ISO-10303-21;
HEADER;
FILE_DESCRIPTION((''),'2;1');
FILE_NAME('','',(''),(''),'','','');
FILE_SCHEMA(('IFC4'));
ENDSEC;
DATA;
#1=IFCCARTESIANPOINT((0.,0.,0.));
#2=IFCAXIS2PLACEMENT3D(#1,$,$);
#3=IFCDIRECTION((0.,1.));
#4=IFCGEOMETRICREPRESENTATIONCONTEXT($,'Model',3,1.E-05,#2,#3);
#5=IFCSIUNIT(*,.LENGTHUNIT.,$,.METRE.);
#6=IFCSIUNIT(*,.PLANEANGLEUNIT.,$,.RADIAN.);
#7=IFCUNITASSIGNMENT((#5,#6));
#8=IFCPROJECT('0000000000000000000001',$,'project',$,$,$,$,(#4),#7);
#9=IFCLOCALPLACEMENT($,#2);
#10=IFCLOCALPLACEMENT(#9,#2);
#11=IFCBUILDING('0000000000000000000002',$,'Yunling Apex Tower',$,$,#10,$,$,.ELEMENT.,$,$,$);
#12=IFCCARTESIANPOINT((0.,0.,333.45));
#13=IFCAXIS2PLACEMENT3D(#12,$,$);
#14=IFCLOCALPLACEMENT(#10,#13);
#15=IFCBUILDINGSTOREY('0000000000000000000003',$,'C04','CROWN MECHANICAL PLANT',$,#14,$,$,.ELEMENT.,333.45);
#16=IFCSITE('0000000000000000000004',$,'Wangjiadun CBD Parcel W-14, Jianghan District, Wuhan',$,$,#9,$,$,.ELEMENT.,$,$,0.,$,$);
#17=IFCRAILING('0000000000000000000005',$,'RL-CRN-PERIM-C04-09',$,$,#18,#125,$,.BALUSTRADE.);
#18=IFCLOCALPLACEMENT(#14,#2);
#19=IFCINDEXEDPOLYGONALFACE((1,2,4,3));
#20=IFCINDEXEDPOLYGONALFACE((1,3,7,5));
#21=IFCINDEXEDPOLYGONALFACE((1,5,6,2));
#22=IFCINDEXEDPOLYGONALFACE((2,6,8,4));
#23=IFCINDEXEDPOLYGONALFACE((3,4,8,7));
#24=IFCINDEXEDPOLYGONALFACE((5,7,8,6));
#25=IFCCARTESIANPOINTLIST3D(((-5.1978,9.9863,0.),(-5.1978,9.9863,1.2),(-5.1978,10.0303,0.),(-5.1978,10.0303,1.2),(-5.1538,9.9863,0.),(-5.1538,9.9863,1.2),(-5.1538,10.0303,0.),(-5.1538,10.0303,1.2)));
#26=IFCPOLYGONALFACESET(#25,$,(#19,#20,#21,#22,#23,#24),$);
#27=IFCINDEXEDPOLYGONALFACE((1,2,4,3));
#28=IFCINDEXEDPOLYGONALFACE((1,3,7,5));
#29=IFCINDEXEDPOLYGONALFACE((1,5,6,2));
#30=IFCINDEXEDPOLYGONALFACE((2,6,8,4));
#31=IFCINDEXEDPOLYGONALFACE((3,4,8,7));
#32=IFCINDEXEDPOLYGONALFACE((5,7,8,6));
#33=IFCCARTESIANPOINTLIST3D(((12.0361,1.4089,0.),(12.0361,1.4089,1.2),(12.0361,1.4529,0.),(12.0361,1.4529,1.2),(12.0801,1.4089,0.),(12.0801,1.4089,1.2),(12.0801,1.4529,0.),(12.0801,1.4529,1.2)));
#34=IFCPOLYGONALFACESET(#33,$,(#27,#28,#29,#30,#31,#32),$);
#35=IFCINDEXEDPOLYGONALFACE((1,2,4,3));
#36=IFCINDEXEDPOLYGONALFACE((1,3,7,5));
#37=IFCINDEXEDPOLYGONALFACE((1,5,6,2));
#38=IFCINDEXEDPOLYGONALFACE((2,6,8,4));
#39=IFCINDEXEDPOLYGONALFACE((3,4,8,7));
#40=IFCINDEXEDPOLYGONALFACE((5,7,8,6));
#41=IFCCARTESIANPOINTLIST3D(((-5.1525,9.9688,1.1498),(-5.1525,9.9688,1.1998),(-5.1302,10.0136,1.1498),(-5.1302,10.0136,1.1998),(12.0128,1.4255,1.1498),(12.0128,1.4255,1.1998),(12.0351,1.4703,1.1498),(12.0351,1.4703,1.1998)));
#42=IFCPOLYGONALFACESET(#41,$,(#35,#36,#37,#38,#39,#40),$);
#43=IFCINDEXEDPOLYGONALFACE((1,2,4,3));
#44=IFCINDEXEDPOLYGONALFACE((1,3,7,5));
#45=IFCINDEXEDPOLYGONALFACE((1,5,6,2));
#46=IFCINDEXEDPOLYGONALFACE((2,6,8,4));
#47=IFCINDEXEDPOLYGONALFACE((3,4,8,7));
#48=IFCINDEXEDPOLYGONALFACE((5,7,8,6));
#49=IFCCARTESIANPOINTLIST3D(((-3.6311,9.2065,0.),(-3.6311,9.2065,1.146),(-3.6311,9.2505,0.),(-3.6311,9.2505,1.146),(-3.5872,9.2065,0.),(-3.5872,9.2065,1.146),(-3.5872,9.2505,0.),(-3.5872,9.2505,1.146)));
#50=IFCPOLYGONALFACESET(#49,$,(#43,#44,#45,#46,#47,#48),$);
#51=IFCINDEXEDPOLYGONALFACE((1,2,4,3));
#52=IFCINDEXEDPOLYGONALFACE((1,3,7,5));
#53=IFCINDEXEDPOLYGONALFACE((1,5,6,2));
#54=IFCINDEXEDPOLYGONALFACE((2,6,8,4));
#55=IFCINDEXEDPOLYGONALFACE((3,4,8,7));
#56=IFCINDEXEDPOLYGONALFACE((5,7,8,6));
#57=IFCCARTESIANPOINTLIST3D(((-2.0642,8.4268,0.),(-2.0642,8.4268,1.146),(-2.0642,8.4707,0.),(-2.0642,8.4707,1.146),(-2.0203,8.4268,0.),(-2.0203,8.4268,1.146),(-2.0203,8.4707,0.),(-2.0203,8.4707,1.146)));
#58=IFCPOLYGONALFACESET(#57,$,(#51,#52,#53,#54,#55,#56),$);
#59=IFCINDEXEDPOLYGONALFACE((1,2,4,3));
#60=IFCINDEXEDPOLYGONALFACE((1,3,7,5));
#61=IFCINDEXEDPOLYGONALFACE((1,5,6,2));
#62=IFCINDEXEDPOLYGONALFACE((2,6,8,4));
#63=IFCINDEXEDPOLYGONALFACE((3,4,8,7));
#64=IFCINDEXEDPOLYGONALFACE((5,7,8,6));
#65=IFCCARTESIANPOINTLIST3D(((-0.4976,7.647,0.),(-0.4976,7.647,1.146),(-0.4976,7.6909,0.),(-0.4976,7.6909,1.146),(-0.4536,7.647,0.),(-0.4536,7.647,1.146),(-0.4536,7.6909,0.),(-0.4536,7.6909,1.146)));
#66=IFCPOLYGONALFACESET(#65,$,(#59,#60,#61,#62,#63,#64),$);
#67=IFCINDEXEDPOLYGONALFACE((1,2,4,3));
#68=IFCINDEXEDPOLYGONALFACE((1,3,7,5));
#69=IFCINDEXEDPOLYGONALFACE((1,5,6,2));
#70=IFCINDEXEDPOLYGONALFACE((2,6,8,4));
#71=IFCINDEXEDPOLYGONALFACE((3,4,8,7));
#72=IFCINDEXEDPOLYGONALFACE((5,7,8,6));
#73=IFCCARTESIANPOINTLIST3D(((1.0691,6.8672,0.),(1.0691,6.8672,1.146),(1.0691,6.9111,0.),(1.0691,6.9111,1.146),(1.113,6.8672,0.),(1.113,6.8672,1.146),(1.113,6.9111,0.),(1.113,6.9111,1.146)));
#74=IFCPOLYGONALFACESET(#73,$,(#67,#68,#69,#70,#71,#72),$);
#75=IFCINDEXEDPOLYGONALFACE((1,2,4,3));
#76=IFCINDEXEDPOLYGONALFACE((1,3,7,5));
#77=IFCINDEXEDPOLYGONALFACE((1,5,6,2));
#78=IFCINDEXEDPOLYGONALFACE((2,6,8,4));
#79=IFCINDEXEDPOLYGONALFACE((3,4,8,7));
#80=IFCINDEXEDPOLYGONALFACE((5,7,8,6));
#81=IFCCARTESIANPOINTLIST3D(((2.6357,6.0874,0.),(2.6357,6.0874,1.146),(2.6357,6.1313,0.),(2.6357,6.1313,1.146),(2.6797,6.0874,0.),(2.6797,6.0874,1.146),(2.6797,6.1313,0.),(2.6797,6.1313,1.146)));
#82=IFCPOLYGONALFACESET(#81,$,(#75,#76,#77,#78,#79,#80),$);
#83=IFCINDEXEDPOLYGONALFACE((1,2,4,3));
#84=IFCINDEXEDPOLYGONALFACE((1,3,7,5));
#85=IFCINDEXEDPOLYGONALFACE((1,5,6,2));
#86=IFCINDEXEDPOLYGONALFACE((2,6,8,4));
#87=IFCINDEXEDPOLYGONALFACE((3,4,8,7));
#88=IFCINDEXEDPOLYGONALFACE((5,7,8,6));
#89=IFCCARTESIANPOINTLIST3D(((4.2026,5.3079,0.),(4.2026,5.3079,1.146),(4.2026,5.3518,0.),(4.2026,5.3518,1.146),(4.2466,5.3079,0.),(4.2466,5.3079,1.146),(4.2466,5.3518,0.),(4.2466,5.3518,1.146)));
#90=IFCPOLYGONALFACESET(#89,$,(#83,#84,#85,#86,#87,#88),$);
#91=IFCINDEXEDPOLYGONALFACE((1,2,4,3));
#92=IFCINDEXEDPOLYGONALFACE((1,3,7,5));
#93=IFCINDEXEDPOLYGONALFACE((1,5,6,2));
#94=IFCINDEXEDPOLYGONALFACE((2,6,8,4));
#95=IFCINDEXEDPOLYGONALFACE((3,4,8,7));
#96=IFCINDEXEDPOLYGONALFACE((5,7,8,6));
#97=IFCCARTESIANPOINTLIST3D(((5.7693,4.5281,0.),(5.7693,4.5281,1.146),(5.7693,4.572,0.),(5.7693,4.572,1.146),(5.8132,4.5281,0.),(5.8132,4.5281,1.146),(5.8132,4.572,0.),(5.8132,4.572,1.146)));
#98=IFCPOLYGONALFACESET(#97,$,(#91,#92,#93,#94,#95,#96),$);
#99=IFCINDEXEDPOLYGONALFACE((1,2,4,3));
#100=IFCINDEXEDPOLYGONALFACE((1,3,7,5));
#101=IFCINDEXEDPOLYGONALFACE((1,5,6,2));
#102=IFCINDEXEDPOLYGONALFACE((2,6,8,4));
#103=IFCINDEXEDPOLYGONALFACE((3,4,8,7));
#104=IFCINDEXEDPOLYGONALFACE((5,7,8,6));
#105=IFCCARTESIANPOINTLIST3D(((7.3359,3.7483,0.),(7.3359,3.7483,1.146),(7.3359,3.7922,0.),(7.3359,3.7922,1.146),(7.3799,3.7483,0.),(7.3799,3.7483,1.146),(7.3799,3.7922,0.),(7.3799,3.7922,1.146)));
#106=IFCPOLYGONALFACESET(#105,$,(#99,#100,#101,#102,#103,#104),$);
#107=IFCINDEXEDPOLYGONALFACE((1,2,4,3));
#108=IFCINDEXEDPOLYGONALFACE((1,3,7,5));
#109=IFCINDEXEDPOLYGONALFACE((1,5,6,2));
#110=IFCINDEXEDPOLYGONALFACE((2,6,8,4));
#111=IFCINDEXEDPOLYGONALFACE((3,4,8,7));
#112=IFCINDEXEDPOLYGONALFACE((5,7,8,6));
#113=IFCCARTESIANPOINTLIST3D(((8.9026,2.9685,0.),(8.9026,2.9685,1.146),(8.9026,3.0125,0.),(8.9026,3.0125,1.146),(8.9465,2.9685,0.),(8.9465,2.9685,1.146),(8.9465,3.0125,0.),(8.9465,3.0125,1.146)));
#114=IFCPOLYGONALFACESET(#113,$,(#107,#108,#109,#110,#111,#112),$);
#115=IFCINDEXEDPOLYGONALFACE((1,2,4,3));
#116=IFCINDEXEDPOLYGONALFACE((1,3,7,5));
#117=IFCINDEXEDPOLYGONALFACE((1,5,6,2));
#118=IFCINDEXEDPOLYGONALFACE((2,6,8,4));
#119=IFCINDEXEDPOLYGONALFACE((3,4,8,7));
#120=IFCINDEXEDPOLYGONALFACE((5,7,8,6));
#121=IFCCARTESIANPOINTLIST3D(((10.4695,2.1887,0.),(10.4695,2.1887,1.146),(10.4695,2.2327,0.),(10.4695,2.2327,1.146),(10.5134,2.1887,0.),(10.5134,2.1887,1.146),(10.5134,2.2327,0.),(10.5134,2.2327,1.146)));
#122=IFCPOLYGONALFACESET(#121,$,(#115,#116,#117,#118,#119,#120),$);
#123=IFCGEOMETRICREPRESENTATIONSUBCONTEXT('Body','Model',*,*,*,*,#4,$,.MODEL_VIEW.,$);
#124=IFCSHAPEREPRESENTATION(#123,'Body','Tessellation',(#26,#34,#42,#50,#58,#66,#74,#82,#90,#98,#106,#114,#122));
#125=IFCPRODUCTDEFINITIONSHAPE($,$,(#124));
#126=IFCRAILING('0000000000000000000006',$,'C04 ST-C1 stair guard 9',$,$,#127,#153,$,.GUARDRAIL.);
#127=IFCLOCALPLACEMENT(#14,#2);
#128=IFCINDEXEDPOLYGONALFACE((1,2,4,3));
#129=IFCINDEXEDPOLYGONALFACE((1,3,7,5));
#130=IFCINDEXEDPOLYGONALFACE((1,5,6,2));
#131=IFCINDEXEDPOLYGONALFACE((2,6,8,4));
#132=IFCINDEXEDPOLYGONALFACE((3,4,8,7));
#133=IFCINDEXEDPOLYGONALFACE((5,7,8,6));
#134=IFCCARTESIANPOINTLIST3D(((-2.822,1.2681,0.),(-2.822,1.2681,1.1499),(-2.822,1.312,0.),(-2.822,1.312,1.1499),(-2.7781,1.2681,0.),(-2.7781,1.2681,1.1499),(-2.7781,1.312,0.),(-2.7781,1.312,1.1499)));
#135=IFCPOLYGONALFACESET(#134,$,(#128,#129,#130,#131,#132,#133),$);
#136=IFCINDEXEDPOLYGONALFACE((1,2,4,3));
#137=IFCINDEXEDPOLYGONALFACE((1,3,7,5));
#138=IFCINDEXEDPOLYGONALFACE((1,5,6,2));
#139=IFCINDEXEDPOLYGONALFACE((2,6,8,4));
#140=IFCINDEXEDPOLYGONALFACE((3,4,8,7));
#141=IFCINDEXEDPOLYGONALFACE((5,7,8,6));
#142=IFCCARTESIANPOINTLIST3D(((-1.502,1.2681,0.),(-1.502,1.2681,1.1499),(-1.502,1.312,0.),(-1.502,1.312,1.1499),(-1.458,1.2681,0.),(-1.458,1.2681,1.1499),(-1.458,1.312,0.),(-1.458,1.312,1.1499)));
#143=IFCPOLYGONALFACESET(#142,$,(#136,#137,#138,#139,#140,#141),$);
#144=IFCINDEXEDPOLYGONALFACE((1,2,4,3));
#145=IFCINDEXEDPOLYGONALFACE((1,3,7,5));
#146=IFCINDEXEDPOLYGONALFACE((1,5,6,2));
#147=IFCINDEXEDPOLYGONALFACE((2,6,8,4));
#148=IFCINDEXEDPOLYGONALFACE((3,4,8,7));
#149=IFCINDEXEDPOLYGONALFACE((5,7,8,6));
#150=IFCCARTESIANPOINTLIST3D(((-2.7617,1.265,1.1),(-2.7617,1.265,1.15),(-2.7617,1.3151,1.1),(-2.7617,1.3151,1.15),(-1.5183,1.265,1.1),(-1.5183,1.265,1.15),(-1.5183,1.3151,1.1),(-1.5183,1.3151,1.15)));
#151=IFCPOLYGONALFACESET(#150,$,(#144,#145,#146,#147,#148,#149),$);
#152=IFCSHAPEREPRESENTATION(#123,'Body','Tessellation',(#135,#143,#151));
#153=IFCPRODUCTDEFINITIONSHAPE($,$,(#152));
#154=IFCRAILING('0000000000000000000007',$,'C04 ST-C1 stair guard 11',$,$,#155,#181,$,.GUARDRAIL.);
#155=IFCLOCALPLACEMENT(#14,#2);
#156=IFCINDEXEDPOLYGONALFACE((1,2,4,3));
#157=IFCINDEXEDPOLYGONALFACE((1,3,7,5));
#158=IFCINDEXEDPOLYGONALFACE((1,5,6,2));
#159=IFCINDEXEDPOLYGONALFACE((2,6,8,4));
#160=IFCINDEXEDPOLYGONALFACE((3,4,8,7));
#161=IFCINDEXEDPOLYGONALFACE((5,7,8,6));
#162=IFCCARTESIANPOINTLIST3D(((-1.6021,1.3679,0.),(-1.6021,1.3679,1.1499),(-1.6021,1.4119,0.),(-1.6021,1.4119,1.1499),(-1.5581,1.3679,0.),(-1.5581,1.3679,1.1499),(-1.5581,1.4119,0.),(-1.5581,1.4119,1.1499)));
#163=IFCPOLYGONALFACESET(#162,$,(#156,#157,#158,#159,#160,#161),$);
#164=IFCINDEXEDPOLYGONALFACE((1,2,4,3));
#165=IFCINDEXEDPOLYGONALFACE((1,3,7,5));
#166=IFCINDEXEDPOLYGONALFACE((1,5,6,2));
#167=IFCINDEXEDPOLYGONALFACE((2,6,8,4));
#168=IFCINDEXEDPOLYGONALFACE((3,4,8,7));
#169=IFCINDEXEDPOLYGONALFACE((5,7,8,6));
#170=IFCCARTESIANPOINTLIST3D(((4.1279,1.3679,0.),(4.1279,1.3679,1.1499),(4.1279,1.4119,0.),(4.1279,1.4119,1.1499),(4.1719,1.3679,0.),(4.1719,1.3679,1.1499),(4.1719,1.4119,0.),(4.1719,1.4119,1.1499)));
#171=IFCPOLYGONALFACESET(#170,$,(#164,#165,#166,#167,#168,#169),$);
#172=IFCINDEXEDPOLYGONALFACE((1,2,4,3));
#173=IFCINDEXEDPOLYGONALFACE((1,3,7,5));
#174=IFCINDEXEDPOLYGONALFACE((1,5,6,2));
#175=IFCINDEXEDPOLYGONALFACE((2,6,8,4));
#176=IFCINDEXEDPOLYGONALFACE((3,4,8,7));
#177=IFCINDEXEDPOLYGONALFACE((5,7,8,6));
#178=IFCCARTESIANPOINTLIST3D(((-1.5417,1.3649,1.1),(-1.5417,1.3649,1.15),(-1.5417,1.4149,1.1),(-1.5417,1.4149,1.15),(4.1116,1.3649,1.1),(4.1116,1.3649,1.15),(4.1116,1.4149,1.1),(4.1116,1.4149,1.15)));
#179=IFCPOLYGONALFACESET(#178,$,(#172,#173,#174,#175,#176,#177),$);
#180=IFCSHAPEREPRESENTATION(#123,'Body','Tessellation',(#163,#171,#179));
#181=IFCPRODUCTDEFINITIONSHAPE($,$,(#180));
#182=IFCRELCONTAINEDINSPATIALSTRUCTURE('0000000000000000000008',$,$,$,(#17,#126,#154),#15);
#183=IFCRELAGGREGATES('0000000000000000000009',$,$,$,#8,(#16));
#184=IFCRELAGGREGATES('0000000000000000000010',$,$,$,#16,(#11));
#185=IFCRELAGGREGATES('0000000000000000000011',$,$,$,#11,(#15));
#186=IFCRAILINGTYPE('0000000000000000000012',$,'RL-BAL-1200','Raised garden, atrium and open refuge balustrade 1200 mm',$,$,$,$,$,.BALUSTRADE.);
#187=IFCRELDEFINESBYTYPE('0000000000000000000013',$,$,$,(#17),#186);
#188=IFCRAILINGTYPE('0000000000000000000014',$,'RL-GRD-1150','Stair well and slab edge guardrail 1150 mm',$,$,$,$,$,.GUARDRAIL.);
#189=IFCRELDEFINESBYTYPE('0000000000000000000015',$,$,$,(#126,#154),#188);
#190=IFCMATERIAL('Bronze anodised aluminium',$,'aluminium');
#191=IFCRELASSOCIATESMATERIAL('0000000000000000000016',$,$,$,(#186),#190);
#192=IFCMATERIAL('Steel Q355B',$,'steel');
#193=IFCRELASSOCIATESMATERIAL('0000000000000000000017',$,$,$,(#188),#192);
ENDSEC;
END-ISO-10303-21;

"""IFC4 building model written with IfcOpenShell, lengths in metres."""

from ifc_helpers import new_model, si_unit, direction, frame, origin, origin_2d, place, context, subcontext, project, spatial, rectangle, extrude, material, type_object, element, save


model = new_model("IFC4")

# Units and contexts
model_context = context("Model", 3, precision=1e-05, world=origin(), true_north=direction((0.0, 1.0)))
body_context = subcontext(model_context, "Body", "Model", "MODEL_VIEW")
ifc_project = project(units=[si_unit("LENGTHUNIT", "METRE"), si_unit("PLANEANGLEUNIT", "RADIAN")], contexts=[model_context])

# Site, building, storey
site_placement = place(None, origin())
site = spatial("IfcSite", under=ifc_project, at=site_placement, Name="Wangjiadun CBD Parcel W-14, Jianghan District, Wuhan", CompositionType="ELEMENT", RefElevation=0.0)
building_placement = place(site_placement, origin())
building = spatial("IfcBuilding", under=site, at=building_placement, Name="Yunling Apex Tower", CompositionType="ELEMENT")
storey_placement = place(building_placement, frame((0.0, 0.0, 333.45)))
storey = spatial("IfcBuildingStorey", under=building, at=storey_placement, Name="C04", Description="CROWN MECHANICAL PLANT", CompositionType="ELEMENT", Elevation=333.45)

# Shared definitions
ifc_material_1 = material(Name="Steel Q355B", Category="steel")

# Shared definitions
ifc_material_2 = material(Name="Bronze anodised aluminium", Category="aluminium")

# Railings
railing_type_1 = type_object("IfcRailingType", Name="RL-BAL-1200", Description="Raised garden, atrium and open refuge balustrade 1200 mm", PredefinedType="BALUSTRADE", material=ifc_material_2)
railing_1_placement = place(storey_placement, frame((-5.1758, 10.0083, 0.0)))
element("IfcRailing", 1, at=railing_1_placement, inside=storey, type_object=railing_type_1, Name="RL-CRN-PERIM-C04-09", PredefinedType="BALUSTRADE", context=body_context, shape_type="SweptSolid", body=[
    extrude(rectangle(XDim=0.0439, YDim=0.0439, at=origin_2d()), origin(), (0.0, 0.0, 1.0), 1.2),
    extrude(rectangle(XDim=0.0439, YDim=0.0439, at=origin_2d()), frame((17.2339, -8.5774, 0.0)), (0.0, 0.0, 1.0), 1.2),
    extrude(rectangle(XDim=0.05, YDim=0.05, at=origin_2d()), frame((0.0344, -0.0171, 1.1748), z_axis=(0.895247, -0.445569, 0.0), x_axis=(0.445569, 0.895247, 0.0)), (0.0, 0.0, 1.0), 19.1738),
    extrude(rectangle(XDim=0.0439, YDim=0.0439, at=origin_2d()), frame((1.5667, -0.7798, 0.0)), (0.0, 0.0, 1.0), 1.146),
    extrude(rectangle(XDim=0.0439, YDim=0.0439, at=origin_2d()), frame((3.1335, -1.5596, 0.0)), (0.0, 0.0, 1.0), 1.146),
    extrude(rectangle(XDim=0.0439, YDim=0.0439, at=origin_2d()), frame((4.7002, -2.3394, 0.0)), (0.0, 0.0, 1.0), 1.146),
    extrude(rectangle(XDim=0.0439, YDim=0.0439, at=origin_2d()), frame((6.2668, -3.1191, 0.0)), (0.0, 0.0, 1.0), 1.146),
    extrude(rectangle(XDim=0.0439, YDim=0.0439, at=origin_2d()), frame((7.8335, -3.8989, 0.0)), (0.0, 0.0, 1.0), 1.146),
    extrude(rectangle(XDim=0.0439, YDim=0.0439, at=origin_2d()), frame((9.4004, -4.6785, 0.0)), (0.0, 0.0, 1.0), 1.146),
    extrude(rectangle(XDim=0.0439, YDim=0.0439, at=origin_2d()), frame((10.967, -5.4583, 0.0)), (0.0, 0.0, 1.0), 1.146),
    extrude(rectangle(XDim=0.0439, YDim=0.0439, at=origin_2d()), frame((12.5337, -6.238, 0.0)), (0.0, 0.0, 1.0), 1.146),
    extrude(rectangle(XDim=0.0439, YDim=0.0439, at=origin_2d()), frame((14.1003, -7.0178, 0.0)), (0.0, 0.0, 1.0), 1.146),
    extrude(rectangle(XDim=0.0439, YDim=0.0439, at=origin_2d()), frame((15.6672, -7.7976, 0.0)), (0.0, 0.0, 1.0), 1.146),
])
railing_type_2 = type_object("IfcRailingType", Name="RL-GRD-1150", Description="Stair well and slab edge guardrail 1150 mm", PredefinedType="GUARDRAIL", material=ifc_material_1)
railing_2_placement = place(storey_placement, frame((-2.8, 1.29, 0.0)))
element("IfcRailing", 2, at=railing_2_placement, inside=storey, type_object=railing_type_2, Name="C04 ST-C1 stair guard 9", PredefinedType="GUARDRAIL", context=body_context, shape_type="SweptSolid", body=[
    extrude(rectangle(XDim=0.0439, YDim=0.0439, at=origin_2d()), origin(), (0.0, 0.0, 1.0), 1.1499),
    extrude(rectangle(XDim=0.0439, YDim=0.0439, at=origin_2d()), frame((1.3201, 0.0, 0.0)), (0.0, 0.0, 1.0), 1.1499),
    extrude(rectangle(XDim=0.05, YDim=0.05, at=origin_2d()), frame((0.0383, 0.0, 1.125), z_axis=(1.0, 0.0, 0.0), x_axis=(0.0, 1.0, 0.0)), (0.0, 0.0, 1.0), 1.2434),
])
railing_3_placement = place(storey_placement, frame((-1.5801, 1.3899, 0.0)))
element("IfcRailing", 3, at=railing_3_placement, inside=storey, type_object=railing_type_2, Name="C04 ST-C1 stair guard 11", PredefinedType="GUARDRAIL", context=body_context, shape_type="SweptSolid", body=[
    extrude(rectangle(XDim=0.0439, YDim=0.0439, at=origin_2d()), origin(), (0.0, 0.0, 1.0), 1.1499),
    extrude(rectangle(XDim=0.0439, YDim=0.0439, at=origin_2d()), frame((5.73, 0.0, 0.0)), (0.0, 0.0, 1.0), 1.1499),
    extrude(rectangle(XDim=0.05, YDim=0.05, at=origin_2d()), frame((0.0383, 0.0, 1.125), z_axis=(1.0, 0.0, 0.0), x_axis=(0.0, 1.0, 0.0)), (0.0, 0.0, 1.0), 5.6533),
])

save(model, "model.ifc")
